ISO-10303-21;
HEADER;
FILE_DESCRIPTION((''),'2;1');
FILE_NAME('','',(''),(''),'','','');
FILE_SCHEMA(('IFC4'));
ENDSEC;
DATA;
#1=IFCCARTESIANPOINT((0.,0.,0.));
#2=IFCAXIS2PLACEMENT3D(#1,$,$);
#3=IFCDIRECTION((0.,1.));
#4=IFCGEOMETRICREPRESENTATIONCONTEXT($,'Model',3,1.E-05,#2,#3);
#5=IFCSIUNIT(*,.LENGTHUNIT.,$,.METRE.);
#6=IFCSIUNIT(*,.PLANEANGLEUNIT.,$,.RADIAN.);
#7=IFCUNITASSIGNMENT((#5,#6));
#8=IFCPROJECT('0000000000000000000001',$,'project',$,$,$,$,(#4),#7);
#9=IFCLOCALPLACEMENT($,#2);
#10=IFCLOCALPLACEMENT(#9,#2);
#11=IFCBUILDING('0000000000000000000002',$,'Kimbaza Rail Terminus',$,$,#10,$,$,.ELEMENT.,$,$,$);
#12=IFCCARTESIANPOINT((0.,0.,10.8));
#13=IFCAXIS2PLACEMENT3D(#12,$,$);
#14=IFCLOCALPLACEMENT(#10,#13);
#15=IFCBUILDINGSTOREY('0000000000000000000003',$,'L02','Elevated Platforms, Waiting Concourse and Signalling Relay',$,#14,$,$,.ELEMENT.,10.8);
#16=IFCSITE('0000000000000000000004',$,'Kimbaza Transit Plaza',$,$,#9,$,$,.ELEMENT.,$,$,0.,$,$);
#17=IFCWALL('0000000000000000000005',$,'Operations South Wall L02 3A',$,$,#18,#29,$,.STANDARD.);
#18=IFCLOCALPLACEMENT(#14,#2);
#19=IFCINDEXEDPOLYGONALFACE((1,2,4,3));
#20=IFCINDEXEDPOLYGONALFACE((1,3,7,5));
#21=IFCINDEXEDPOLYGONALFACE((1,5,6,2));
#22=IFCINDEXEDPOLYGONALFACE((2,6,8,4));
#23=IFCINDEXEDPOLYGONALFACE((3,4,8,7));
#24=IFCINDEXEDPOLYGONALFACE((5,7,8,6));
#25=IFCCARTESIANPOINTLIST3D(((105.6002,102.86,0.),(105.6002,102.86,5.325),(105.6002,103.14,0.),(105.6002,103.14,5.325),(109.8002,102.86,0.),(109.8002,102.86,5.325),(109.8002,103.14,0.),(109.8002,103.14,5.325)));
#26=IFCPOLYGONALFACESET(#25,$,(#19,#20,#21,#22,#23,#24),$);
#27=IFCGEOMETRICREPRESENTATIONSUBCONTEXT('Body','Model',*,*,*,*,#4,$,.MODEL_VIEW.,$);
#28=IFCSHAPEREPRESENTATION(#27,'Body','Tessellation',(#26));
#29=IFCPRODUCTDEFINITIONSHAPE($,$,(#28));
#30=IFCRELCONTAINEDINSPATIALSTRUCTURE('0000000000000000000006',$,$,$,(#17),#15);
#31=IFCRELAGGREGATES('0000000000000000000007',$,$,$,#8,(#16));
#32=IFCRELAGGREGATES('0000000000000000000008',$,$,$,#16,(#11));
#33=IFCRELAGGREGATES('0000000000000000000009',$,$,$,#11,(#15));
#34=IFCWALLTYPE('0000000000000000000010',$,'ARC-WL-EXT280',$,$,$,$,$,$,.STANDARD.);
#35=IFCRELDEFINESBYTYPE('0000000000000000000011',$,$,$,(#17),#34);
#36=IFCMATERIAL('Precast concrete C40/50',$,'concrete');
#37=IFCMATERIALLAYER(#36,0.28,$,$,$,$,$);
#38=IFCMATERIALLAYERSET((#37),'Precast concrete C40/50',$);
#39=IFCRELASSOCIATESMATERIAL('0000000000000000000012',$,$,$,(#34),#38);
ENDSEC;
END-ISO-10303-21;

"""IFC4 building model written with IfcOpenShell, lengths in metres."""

from ifc_helpers import new_model, si_unit, direction, frame, frame_2d, origin, place, context, subcontext, project, spatial, rectangle, extrude, material, layer, layer_set, type_object, element, save


model = new_model("IFC4")

# Units and contexts
model_context = context("Model", 3, precision=1e-05, world=origin(), true_north=direction((0.0, 1.0)))
body_context = subcontext(model_context, "Body", "Model", "MODEL_VIEW")
ifc_project = project(units=[si_unit("LENGTHUNIT", "METRE"), si_unit("PLANEANGLEUNIT", "RADIAN")], contexts=[model_context])

# Site, building, storey
site_placement = place(None, origin())
site = spatial("IfcSite", under=ifc_project, at=site_placement, Name="Kimbaza Transit Plaza", CompositionType="ELEMENT", RefElevation=0.0)
building_placement = place(site_placement, origin())
building = spatial("IfcBuilding", under=site, at=building_placement, Name="Kimbaza Rail Terminus", CompositionType="ELEMENT")
storey_placement = place(building_placement, frame((0.0, 0.0, 10.8)))
storey = spatial("IfcBuildingStorey", under=building, at=storey_placement, Name="L02", Description="Elevated Platforms, Waiting Concourse and Signalling Relay", CompositionType="ELEMENT", Elevation=10.8)

# Wall
ifc_material_1 = material(Name="Precast concrete C40/50", Category="concrete")
ifc_layer_1 = layer(ifc_material_1, 0.28)
ifc_layer_set_1 = layer_set([ifc_layer_1], Name="Precast concrete C40/50")
wall_type = type_object("IfcWallType", Name="ARC-WL-EXT280", PredefinedType="STANDARD", material=ifc_layer_set_1)
wall_1_placement = place(storey_placement, frame((105.6001, 103.0, 0.0), z_axis=(0.0, 0.0, 1.0), x_axis=(1.0, 0.0, 0.0)))
element("IfcWall", 1, at=wall_1_placement, inside=storey, type_object=wall_type, Name="Operations South Wall L02 3A", PredefinedType="STANDARD", context=body_context, shape_type="SweptSolid", body=[
    extrude(rectangle(XDim=4.2, YDim=0.28, at=frame_2d((2.1001, 0.0))), origin(), (0.0, 0.0, 1.0), 5.325),
])

save(model, "model.ifc")
